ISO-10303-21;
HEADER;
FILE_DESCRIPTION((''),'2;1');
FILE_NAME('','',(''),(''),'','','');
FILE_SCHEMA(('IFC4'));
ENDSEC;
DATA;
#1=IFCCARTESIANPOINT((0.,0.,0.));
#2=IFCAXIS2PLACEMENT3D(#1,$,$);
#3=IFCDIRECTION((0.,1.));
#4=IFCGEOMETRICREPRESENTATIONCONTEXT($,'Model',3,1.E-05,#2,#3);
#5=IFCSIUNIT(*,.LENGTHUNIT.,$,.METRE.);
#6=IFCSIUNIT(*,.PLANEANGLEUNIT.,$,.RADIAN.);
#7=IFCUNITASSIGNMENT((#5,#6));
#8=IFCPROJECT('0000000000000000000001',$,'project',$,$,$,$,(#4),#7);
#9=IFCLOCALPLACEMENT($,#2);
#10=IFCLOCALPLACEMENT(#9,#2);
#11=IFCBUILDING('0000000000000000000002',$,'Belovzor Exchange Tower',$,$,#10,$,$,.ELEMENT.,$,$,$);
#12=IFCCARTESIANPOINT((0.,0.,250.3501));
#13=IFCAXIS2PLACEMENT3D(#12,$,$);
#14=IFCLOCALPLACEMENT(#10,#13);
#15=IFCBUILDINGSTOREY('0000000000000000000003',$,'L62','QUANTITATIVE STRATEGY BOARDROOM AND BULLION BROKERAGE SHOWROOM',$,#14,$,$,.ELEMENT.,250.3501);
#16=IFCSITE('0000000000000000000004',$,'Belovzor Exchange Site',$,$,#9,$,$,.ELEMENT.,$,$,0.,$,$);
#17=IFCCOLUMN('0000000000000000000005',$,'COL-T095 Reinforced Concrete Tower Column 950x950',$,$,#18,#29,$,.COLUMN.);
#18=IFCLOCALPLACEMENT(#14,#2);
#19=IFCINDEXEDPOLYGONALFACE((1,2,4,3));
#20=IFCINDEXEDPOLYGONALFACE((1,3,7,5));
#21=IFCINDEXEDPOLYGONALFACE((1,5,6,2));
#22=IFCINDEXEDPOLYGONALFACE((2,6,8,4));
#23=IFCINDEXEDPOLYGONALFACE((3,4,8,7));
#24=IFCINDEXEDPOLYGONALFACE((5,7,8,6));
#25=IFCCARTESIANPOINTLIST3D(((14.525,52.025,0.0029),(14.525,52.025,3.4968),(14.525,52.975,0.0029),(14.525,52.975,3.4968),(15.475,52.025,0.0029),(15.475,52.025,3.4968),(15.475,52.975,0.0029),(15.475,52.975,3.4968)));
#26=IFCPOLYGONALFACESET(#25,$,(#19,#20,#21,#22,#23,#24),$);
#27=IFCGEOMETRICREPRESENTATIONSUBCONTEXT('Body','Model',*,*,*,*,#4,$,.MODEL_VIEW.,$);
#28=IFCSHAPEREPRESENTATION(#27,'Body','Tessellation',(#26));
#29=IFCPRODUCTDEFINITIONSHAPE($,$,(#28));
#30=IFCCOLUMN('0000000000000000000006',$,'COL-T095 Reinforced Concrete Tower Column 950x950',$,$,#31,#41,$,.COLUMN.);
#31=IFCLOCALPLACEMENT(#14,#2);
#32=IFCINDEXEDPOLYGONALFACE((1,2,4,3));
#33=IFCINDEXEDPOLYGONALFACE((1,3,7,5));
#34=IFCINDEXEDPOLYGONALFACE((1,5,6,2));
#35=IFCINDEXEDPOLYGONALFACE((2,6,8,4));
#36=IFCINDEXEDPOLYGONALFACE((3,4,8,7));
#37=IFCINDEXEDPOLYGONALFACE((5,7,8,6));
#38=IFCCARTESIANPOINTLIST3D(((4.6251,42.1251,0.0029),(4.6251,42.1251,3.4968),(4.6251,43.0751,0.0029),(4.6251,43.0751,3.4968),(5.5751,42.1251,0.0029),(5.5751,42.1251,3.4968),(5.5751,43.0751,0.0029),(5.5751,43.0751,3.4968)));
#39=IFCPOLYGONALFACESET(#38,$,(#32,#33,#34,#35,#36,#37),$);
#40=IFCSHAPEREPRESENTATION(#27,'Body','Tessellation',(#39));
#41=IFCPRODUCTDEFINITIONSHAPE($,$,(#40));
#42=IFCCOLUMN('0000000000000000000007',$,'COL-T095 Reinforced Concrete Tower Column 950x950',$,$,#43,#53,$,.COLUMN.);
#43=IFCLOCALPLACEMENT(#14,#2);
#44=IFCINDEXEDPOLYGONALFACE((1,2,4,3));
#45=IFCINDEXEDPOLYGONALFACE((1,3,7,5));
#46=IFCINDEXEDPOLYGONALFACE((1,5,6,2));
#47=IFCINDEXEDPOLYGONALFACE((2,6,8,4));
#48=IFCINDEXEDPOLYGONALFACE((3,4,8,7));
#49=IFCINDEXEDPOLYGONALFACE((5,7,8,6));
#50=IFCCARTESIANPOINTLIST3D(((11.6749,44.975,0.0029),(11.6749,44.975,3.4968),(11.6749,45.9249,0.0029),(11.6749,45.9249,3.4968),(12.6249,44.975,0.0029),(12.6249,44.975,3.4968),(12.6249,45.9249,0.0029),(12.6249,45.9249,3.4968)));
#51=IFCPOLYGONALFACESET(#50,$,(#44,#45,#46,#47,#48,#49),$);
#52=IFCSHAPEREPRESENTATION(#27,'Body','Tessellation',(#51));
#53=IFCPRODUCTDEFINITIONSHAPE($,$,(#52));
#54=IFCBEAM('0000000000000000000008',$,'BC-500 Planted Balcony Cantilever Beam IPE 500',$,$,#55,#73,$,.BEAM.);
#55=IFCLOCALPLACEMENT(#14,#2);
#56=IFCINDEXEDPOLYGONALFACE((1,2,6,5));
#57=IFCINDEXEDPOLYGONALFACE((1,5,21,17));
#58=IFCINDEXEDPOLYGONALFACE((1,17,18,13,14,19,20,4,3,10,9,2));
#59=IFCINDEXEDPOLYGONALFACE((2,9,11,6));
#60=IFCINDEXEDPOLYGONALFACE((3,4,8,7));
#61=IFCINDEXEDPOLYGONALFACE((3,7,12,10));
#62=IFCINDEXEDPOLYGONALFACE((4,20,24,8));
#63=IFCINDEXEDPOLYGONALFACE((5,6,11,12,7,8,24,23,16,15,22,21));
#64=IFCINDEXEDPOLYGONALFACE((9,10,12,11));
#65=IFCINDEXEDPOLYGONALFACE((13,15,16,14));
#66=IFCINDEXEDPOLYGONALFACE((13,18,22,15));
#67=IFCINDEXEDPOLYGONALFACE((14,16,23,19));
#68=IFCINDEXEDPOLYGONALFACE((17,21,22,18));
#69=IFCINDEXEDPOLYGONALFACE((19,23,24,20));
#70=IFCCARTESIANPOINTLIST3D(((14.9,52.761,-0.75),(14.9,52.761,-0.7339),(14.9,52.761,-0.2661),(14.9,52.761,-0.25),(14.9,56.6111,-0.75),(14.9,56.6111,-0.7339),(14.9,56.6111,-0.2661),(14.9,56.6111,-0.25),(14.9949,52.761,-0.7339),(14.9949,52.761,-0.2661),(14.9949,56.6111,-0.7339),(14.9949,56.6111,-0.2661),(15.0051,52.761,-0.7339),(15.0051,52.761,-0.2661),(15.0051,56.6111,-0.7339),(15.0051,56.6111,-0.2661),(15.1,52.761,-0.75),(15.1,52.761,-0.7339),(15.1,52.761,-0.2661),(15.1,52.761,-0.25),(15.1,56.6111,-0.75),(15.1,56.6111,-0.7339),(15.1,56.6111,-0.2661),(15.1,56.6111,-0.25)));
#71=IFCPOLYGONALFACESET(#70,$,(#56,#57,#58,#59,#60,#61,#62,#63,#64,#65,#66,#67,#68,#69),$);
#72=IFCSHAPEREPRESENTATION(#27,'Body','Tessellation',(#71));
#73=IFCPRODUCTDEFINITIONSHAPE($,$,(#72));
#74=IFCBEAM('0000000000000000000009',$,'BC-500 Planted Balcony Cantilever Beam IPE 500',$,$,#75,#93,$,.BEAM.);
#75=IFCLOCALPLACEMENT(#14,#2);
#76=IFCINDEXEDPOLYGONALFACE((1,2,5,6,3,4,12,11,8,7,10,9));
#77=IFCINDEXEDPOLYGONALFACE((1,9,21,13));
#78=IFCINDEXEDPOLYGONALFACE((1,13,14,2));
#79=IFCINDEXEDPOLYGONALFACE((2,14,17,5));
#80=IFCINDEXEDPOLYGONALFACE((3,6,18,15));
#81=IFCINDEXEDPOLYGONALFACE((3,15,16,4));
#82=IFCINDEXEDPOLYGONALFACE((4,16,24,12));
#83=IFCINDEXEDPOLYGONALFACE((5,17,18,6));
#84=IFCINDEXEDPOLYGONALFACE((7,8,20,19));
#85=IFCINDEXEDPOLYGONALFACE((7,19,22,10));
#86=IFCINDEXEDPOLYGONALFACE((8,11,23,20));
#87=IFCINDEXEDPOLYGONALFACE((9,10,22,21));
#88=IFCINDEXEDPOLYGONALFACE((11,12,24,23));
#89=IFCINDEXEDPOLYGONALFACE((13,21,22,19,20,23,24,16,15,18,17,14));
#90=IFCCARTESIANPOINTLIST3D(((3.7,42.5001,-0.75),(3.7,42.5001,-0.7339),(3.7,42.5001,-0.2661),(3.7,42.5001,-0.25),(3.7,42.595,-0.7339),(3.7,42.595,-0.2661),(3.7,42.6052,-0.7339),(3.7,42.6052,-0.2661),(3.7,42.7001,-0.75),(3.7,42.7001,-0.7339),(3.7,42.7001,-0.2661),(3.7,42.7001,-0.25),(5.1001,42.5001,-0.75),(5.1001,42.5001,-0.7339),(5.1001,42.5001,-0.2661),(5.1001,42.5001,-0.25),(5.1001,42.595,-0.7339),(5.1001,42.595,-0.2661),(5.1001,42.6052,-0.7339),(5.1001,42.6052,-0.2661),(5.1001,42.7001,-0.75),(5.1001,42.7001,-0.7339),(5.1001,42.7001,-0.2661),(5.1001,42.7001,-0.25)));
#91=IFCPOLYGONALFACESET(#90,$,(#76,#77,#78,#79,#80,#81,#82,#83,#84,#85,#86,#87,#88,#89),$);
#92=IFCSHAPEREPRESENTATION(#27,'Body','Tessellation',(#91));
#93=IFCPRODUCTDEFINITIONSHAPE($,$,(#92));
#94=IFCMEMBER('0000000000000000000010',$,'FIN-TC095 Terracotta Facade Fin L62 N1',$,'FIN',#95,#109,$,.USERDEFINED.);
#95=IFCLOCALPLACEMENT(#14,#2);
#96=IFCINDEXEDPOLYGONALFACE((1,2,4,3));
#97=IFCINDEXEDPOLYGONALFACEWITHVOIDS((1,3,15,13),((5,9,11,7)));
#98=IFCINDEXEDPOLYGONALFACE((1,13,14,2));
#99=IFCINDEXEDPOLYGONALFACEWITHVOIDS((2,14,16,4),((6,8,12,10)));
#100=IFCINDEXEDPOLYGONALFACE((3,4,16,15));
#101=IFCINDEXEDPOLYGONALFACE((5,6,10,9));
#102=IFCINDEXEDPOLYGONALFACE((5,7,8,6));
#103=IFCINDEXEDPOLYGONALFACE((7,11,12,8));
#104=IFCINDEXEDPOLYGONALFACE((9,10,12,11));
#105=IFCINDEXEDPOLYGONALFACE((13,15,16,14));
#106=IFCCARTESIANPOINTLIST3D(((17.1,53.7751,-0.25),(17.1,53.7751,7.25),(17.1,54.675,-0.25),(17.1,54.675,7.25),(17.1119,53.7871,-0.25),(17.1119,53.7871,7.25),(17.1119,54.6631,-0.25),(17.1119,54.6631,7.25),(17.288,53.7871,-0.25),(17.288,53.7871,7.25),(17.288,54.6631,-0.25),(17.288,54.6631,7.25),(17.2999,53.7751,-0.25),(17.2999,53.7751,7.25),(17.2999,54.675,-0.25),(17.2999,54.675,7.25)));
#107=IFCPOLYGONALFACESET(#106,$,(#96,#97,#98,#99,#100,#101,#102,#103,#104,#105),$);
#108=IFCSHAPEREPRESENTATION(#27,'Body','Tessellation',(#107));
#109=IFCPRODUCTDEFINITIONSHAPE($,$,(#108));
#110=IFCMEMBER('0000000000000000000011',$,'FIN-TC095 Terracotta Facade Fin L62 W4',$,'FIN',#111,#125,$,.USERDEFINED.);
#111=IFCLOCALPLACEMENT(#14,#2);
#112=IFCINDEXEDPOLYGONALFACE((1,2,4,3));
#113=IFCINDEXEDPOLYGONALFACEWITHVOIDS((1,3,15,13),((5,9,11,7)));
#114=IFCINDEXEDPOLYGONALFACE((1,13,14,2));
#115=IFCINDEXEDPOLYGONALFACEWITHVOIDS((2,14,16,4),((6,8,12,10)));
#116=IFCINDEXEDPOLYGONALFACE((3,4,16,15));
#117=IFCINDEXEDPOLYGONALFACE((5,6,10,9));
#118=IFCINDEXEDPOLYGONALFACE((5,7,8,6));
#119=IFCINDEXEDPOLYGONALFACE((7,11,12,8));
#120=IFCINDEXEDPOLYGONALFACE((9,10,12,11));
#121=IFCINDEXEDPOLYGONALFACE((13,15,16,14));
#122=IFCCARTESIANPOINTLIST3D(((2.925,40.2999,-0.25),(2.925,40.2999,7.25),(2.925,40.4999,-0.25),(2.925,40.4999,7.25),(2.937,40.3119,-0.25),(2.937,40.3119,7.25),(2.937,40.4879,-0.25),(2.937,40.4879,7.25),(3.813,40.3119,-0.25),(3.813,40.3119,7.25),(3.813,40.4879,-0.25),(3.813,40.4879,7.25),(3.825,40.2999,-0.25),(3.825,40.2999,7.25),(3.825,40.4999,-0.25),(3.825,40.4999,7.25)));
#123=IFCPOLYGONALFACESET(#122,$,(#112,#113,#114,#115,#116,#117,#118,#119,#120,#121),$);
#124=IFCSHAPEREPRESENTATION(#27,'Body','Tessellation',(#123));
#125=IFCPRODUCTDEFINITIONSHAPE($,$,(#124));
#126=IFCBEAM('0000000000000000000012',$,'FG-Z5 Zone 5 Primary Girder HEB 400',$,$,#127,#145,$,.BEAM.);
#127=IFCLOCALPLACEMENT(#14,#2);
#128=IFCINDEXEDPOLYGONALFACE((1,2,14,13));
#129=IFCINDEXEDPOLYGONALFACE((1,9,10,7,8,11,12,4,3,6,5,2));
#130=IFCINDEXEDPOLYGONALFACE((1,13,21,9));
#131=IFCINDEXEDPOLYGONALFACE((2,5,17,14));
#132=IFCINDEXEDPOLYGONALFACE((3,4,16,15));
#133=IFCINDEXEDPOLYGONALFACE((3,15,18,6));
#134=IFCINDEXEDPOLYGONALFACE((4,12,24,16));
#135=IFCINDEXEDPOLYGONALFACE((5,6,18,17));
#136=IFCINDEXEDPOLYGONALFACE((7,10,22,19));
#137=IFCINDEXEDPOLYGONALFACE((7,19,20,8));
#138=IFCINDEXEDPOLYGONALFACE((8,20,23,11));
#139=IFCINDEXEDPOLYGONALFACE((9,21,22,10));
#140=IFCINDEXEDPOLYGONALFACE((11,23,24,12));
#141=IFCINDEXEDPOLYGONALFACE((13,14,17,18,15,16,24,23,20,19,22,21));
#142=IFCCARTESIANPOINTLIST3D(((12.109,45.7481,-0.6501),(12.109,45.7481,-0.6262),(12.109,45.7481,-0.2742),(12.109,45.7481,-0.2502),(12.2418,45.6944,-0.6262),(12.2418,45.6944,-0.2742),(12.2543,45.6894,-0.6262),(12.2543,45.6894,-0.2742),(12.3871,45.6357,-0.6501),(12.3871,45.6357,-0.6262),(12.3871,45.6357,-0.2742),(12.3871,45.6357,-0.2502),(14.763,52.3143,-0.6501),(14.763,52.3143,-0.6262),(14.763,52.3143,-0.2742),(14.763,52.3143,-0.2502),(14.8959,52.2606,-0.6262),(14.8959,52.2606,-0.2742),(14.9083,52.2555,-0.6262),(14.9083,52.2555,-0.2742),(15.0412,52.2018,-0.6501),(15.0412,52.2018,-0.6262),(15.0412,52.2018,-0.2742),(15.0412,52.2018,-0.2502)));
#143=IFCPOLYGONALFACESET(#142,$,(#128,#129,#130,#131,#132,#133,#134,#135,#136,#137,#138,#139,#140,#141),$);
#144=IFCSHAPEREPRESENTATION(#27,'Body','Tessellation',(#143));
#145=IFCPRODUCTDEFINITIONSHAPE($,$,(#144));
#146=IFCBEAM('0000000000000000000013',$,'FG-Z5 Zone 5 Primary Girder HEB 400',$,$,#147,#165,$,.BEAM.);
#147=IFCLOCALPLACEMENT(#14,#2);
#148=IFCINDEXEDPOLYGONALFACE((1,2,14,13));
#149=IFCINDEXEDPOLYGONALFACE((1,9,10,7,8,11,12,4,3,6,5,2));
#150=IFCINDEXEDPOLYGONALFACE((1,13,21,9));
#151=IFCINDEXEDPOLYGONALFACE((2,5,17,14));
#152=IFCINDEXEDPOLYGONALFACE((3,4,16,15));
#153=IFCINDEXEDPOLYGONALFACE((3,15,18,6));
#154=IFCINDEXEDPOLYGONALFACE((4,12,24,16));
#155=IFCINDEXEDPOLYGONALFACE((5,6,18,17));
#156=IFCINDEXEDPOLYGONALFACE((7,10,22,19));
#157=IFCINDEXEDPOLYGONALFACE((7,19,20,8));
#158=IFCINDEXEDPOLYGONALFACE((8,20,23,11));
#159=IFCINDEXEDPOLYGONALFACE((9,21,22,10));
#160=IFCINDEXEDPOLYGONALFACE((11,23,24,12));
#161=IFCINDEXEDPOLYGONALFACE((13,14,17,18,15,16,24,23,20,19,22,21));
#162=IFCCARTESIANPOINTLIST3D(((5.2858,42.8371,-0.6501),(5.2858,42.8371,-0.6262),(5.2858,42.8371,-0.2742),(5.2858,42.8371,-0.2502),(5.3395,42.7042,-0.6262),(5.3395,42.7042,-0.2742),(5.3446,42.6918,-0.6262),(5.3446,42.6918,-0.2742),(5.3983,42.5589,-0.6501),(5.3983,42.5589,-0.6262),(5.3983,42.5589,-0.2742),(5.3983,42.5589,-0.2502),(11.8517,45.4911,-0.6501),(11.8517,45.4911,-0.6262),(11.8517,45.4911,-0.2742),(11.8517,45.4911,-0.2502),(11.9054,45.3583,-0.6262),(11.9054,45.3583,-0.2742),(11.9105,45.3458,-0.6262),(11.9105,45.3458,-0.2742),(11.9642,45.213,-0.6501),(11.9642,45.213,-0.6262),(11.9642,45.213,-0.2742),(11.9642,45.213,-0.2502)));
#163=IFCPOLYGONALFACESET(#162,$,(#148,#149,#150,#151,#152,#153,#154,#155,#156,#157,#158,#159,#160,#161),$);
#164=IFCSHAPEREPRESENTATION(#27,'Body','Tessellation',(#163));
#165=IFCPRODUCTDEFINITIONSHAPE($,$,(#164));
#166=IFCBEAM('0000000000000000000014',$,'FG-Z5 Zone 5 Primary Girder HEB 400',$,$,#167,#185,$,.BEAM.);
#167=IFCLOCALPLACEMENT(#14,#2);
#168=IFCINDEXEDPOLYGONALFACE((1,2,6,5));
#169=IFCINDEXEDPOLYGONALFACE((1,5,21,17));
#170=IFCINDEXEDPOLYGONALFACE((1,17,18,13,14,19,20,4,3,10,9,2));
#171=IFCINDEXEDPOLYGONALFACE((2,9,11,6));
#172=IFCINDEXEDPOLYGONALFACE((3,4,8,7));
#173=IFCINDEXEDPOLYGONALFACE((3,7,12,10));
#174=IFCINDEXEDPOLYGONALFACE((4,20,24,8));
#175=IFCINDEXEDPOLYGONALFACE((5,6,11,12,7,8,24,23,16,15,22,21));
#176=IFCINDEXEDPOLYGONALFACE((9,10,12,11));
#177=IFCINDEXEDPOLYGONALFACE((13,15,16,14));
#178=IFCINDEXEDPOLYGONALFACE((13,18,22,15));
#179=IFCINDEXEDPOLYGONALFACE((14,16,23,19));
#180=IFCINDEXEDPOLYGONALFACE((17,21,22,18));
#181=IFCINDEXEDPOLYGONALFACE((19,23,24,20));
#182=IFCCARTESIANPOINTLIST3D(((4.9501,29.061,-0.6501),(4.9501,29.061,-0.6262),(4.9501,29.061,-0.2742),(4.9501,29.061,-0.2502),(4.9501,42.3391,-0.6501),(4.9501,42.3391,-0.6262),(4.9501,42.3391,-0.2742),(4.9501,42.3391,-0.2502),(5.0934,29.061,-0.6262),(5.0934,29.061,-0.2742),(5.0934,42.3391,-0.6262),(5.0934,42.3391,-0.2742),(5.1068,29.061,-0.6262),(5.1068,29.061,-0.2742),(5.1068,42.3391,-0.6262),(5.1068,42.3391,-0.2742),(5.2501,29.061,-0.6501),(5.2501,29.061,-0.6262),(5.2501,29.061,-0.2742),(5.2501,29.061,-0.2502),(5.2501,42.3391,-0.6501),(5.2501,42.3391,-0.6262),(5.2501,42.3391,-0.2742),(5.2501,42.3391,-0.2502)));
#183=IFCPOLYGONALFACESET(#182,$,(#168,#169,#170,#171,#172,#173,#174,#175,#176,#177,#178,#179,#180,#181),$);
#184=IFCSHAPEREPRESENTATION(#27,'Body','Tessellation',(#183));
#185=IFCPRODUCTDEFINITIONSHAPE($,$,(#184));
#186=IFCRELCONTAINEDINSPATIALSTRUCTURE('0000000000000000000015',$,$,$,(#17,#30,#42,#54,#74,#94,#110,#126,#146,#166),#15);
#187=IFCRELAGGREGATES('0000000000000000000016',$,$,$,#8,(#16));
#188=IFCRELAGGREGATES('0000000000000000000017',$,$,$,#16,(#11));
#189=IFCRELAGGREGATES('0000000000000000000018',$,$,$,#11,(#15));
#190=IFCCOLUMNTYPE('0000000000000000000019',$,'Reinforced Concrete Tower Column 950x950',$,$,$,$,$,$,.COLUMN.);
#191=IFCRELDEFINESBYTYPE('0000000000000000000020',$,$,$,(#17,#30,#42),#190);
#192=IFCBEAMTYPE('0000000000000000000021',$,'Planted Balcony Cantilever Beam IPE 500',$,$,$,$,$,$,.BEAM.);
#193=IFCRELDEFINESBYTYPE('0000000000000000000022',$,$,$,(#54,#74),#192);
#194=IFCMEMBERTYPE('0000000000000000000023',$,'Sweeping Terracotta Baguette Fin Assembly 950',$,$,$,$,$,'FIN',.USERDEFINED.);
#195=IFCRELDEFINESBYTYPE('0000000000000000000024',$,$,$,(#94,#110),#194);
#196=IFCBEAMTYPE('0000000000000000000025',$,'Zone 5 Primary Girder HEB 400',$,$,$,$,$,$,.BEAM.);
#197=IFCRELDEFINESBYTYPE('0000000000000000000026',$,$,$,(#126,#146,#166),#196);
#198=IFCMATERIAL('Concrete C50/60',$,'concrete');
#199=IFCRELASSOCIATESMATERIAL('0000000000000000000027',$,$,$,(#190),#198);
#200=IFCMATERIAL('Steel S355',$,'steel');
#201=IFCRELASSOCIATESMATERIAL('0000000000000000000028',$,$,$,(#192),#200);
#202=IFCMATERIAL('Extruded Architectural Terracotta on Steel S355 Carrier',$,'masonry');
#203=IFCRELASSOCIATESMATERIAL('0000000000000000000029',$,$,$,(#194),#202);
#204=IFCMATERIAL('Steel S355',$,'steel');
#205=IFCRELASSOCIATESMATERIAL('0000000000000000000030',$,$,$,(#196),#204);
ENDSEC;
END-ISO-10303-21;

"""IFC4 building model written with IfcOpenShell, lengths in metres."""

from ifc_helpers import new_model, si_unit, direction, frame, origin, origin_2d, place, context, subcontext, project, spatial, rectangle, hollow_rectangle, i_section, extrude, material, material_profile, profile_set, type_object, element, save


model = new_model("IFC4")

# Units and contexts
model_context = context("Model", 3, precision=1e-05, world=origin(), true_north=direction((0.0, 1.0)))
body_context = subcontext(model_context, "Body", "Model", "MODEL_VIEW")
ifc_project = project(units=[si_unit("LENGTHUNIT", "METRE"), si_unit("PLANEANGLEUNIT", "RADIAN")], contexts=[model_context])

# Site, building, storey
site_placement = place(None, origin())
site = spatial("IfcSite", under=ifc_project, at=site_placement, Name="Belovzor Exchange Site", CompositionType="ELEMENT", RefElevation=0.0)
building_placement = place(site_placement, origin())
building = spatial("IfcBuilding", under=site, at=building_placement, Name="Belovzor Exchange Tower", CompositionType="ELEMENT")
storey_placement = place(building_placement, frame((0.0, 0.0, 250.3501)))
storey = spatial("IfcBuildingStorey", under=building, at=storey_placement, Name="L62", Description="QUANTITATIVE STRATEGY BOARDROOM AND BULLION BROKERAGE SHOWROOM", CompositionType="ELEMENT", Elevation=250.3501)

# Columns
ifc_material_1 = material(Name="Concrete C50/60", Category="concrete")
ifc_material_profile_1 = material_profile(ifc_material_1, rectangle(XDim=0.95, YDim=0.95, at=origin_2d()))
ifc_profile_set_1 = profile_set([ifc_material_profile_1], Name="Concrete C50/60")
column_type = type_object("IfcColumnType", Name="Reinforced Concrete Tower Column 950x950", PredefinedType="COLUMN", material=ifc_profile_set_1)
for number, where, z_axis, x_axis, name in (
    (1, (15.0, 52.5, 0.0029), (0.0, 0.0, 1.0), (1.0, 0.0, 0.0), "COL-T095 Reinforced Concrete Tower Column 950x950"),
    (2, (5.1001, 42.6001, 0.0029), (0.0, 0.0, 1.0), (1.0, 0.0, 0.0), "COL-T095 Reinforced Concrete Tower Column 950x950"),
    (3, (12.1499, 45.45, 0.0029), (0.0, 0.0, 1.0), (1.0, 0.0, 0.0), "COL-T095 Reinforced Concrete Tower Column 950x950"),
):
    element("IfcColumn", number, at=place(storey_placement, frame(where, z_axis=z_axis, x_axis=x_axis)), inside=storey, type_object=column_type, Name=name, PredefinedType="COLUMN", context=body_context, shape_type="SweptSolid", body=[
        extrude(rectangle(XDim=0.95, YDim=0.95, at=origin_2d()), origin(), (0.0, 0.0, 1.0), 3.4939),
    ])

# Beams
ifc_material_2 = material(Name="Steel S355", Category="steel")
ifc_material_profile_2 = material_profile(ifc_material_2, i_section(OverallWidth=0.2, OverallDepth=0.5, WebThickness=0.0103, FlangeThickness=0.0161, at=origin_2d()))
ifc_profile_set_2 = profile_set([ifc_material_profile_2], Name="Steel S355")
beam_type_1 = type_object("IfcBeamType", Name="Planted Balcony Cantilever Beam IPE 500", PredefinedType="BEAM", material=ifc_profile_set_2)
beam_1_placement = place(storey_placement, frame((15.0, 52.761, -0.5), z_axis=(0.0, 1.0, 0.0), x_axis=(-1.0, 0.0, 0.0)))
element("IfcBeam", 4, at=beam_1_placement, inside=storey, type_object=beam_type_1, Name="BC-500 Planted Balcony Cantilever Beam IPE 500", PredefinedType="BEAM", context=body_context, shape_type="SweptSolid", body=[
    extrude(i_section(OverallWidth=0.2, OverallDepth=0.5, WebThickness=0.0103, FlangeThickness=0.0161, at=origin_2d()), origin(), (0.0, 0.0, 1.0), 3.8501),
])
beam_2_placement = place(storey_placement, frame((5.1001, 42.6001, -0.5), z_axis=(-1.0, 0.0, 0.0), x_axis=(0.0, -1.0, 0.0)))
element("IfcBeam", 5, at=beam_2_placement, inside=storey, type_object=beam_type_1, Name="BC-500 Planted Balcony Cantilever Beam IPE 500", PredefinedType="BEAM", context=body_context, shape_type="SweptSolid", body=[
    extrude(i_section(OverallWidth=0.2, OverallDepth=0.5, WebThickness=0.0103, FlangeThickness=0.0161, at=origin_2d()), origin(), (0.0, 0.0, 1.0), 1.4001),
])

# Members
ifc_material_3 = material(Name="Extruded Architectural Terracotta on Steel S355 Carrier", Category="masonry")
ifc_material_profile_3 = material_profile(ifc_material_3, hollow_rectangle(XDim=0.2, YDim=0.8999, WallThickness=0.012, at=origin_2d()))
ifc_profile_set_3 = profile_set([ifc_material_profile_3], Name="Extruded Architectural Terracotta on Steel S355 Carrier")
member_type = type_object("IfcMemberType", Name="Sweeping Terracotta Baguette Fin Assembly 950", ElementType="FIN", PredefinedType="USERDEFINED", material=ifc_profile_set_3)
for number, where, z_axis, x_axis, name in (
    (6, (17.2, 54.2251, -0.25), (0.0, 0.0, 1.0), (1.0, 0.0, 0.0), "FIN-TC095 Terracotta Facade Fin L62 N1"),
    (7, (3.375, 40.3999, -0.25), (0.0, 0.0, 1.0), (0.0, 1.0, 0.0), "FIN-TC095 Terracotta Facade Fin L62 W4"),
):
    element("IfcMember", number, at=place(storey_placement, frame(where, z_axis=z_axis, x_axis=x_axis)), inside=storey, type_object=member_type, Name=name, ObjectType="FIN", PredefinedType="USERDEFINED", context=body_context, shape_type="SweptSolid", body=[
        extrude(hollow_rectangle(XDim=0.2, YDim=0.8999, WallThickness=0.012, at=origin_2d()), origin(), (0.0, 0.0, 1.0), 7.5),
    ])

# Beams
ifc_material_4 = material(Name="Steel S355", Category="steel")
ifc_material_profile_4 = material_profile(ifc_material_4, i_section(OverallWidth=0.3, OverallDepth=0.3999, WebThickness=0.0134, FlangeThickness=0.0239, at=origin_2d()))
ifc_profile_set_4 = profile_set([ifc_material_profile_4], Name="Steel S355")
beam_type_2 = type_object("IfcBeamType", Name="Zone 5 Primary Girder HEB 400", PredefinedType="BEAM", material=ifc_profile_set_4)
beam_3_placement = place(storey_placement, frame((14.9021, 52.2581, -0.4502), z_axis=(-0.374746, -0.927127, 0.0), x_axis=(0.927127, -0.374746, 0.0)))
element("IfcBeam", 8, at=beam_3_placement, inside=storey, type_object=beam_type_2, Name="FG-Z5 Zone 5 Primary Girder HEB 400", PredefinedType="BEAM", context=body_context, shape_type="SweptSolid", body=[
    extrude(i_section(OverallWidth=0.3, OverallDepth=0.3999, WebThickness=0.0134, FlangeThickness=0.0239, at=origin_2d()), origin(), (0.0, 0.0, 1.0), 7.0823),
])
beam_4_placement = place(storey_placement, frame((11.908, 45.3521, -0.4502), z_axis=(-0.927123, -0.374758, 0.0), x_axis=(0.374758, -0.927123, 0.0)))
element("IfcBeam", 9, at=beam_4_placement, inside=storey, type_object=beam_type_2, Name="FG-Z5 Zone 5 Primary Girder HEB 400", PredefinedType="BEAM", context=body_context, shape_type="SweptSolid", body=[
    extrude(i_section(OverallWidth=0.3, OverallDepth=0.3999, WebThickness=0.0134, FlangeThickness=0.0239, at=origin_2d()), origin(), (0.0, 0.0, 1.0), 7.082),
])
beam_5_placement = place(storey_placement, frame((5.1001, 42.3391, -0.4502), z_axis=(0.0, -1.0, 0.0), x_axis=(1.0, 0.0, 0.0)))
element("IfcBeam", 10, at=beam_5_placement, inside=storey, type_object=beam_type_2, Name="FG-Z5 Zone 5 Primary Girder HEB 400", PredefinedType="BEAM", context=body_context, shape_type="SweptSolid", body=[
    extrude(i_section(OverallWidth=0.3, OverallDepth=0.3999, WebThickness=0.0134, FlangeThickness=0.0239, at=origin_2d()), origin(), (0.0, 0.0, 1.0), 13.2781),
])

save(model, "model.ifc")
